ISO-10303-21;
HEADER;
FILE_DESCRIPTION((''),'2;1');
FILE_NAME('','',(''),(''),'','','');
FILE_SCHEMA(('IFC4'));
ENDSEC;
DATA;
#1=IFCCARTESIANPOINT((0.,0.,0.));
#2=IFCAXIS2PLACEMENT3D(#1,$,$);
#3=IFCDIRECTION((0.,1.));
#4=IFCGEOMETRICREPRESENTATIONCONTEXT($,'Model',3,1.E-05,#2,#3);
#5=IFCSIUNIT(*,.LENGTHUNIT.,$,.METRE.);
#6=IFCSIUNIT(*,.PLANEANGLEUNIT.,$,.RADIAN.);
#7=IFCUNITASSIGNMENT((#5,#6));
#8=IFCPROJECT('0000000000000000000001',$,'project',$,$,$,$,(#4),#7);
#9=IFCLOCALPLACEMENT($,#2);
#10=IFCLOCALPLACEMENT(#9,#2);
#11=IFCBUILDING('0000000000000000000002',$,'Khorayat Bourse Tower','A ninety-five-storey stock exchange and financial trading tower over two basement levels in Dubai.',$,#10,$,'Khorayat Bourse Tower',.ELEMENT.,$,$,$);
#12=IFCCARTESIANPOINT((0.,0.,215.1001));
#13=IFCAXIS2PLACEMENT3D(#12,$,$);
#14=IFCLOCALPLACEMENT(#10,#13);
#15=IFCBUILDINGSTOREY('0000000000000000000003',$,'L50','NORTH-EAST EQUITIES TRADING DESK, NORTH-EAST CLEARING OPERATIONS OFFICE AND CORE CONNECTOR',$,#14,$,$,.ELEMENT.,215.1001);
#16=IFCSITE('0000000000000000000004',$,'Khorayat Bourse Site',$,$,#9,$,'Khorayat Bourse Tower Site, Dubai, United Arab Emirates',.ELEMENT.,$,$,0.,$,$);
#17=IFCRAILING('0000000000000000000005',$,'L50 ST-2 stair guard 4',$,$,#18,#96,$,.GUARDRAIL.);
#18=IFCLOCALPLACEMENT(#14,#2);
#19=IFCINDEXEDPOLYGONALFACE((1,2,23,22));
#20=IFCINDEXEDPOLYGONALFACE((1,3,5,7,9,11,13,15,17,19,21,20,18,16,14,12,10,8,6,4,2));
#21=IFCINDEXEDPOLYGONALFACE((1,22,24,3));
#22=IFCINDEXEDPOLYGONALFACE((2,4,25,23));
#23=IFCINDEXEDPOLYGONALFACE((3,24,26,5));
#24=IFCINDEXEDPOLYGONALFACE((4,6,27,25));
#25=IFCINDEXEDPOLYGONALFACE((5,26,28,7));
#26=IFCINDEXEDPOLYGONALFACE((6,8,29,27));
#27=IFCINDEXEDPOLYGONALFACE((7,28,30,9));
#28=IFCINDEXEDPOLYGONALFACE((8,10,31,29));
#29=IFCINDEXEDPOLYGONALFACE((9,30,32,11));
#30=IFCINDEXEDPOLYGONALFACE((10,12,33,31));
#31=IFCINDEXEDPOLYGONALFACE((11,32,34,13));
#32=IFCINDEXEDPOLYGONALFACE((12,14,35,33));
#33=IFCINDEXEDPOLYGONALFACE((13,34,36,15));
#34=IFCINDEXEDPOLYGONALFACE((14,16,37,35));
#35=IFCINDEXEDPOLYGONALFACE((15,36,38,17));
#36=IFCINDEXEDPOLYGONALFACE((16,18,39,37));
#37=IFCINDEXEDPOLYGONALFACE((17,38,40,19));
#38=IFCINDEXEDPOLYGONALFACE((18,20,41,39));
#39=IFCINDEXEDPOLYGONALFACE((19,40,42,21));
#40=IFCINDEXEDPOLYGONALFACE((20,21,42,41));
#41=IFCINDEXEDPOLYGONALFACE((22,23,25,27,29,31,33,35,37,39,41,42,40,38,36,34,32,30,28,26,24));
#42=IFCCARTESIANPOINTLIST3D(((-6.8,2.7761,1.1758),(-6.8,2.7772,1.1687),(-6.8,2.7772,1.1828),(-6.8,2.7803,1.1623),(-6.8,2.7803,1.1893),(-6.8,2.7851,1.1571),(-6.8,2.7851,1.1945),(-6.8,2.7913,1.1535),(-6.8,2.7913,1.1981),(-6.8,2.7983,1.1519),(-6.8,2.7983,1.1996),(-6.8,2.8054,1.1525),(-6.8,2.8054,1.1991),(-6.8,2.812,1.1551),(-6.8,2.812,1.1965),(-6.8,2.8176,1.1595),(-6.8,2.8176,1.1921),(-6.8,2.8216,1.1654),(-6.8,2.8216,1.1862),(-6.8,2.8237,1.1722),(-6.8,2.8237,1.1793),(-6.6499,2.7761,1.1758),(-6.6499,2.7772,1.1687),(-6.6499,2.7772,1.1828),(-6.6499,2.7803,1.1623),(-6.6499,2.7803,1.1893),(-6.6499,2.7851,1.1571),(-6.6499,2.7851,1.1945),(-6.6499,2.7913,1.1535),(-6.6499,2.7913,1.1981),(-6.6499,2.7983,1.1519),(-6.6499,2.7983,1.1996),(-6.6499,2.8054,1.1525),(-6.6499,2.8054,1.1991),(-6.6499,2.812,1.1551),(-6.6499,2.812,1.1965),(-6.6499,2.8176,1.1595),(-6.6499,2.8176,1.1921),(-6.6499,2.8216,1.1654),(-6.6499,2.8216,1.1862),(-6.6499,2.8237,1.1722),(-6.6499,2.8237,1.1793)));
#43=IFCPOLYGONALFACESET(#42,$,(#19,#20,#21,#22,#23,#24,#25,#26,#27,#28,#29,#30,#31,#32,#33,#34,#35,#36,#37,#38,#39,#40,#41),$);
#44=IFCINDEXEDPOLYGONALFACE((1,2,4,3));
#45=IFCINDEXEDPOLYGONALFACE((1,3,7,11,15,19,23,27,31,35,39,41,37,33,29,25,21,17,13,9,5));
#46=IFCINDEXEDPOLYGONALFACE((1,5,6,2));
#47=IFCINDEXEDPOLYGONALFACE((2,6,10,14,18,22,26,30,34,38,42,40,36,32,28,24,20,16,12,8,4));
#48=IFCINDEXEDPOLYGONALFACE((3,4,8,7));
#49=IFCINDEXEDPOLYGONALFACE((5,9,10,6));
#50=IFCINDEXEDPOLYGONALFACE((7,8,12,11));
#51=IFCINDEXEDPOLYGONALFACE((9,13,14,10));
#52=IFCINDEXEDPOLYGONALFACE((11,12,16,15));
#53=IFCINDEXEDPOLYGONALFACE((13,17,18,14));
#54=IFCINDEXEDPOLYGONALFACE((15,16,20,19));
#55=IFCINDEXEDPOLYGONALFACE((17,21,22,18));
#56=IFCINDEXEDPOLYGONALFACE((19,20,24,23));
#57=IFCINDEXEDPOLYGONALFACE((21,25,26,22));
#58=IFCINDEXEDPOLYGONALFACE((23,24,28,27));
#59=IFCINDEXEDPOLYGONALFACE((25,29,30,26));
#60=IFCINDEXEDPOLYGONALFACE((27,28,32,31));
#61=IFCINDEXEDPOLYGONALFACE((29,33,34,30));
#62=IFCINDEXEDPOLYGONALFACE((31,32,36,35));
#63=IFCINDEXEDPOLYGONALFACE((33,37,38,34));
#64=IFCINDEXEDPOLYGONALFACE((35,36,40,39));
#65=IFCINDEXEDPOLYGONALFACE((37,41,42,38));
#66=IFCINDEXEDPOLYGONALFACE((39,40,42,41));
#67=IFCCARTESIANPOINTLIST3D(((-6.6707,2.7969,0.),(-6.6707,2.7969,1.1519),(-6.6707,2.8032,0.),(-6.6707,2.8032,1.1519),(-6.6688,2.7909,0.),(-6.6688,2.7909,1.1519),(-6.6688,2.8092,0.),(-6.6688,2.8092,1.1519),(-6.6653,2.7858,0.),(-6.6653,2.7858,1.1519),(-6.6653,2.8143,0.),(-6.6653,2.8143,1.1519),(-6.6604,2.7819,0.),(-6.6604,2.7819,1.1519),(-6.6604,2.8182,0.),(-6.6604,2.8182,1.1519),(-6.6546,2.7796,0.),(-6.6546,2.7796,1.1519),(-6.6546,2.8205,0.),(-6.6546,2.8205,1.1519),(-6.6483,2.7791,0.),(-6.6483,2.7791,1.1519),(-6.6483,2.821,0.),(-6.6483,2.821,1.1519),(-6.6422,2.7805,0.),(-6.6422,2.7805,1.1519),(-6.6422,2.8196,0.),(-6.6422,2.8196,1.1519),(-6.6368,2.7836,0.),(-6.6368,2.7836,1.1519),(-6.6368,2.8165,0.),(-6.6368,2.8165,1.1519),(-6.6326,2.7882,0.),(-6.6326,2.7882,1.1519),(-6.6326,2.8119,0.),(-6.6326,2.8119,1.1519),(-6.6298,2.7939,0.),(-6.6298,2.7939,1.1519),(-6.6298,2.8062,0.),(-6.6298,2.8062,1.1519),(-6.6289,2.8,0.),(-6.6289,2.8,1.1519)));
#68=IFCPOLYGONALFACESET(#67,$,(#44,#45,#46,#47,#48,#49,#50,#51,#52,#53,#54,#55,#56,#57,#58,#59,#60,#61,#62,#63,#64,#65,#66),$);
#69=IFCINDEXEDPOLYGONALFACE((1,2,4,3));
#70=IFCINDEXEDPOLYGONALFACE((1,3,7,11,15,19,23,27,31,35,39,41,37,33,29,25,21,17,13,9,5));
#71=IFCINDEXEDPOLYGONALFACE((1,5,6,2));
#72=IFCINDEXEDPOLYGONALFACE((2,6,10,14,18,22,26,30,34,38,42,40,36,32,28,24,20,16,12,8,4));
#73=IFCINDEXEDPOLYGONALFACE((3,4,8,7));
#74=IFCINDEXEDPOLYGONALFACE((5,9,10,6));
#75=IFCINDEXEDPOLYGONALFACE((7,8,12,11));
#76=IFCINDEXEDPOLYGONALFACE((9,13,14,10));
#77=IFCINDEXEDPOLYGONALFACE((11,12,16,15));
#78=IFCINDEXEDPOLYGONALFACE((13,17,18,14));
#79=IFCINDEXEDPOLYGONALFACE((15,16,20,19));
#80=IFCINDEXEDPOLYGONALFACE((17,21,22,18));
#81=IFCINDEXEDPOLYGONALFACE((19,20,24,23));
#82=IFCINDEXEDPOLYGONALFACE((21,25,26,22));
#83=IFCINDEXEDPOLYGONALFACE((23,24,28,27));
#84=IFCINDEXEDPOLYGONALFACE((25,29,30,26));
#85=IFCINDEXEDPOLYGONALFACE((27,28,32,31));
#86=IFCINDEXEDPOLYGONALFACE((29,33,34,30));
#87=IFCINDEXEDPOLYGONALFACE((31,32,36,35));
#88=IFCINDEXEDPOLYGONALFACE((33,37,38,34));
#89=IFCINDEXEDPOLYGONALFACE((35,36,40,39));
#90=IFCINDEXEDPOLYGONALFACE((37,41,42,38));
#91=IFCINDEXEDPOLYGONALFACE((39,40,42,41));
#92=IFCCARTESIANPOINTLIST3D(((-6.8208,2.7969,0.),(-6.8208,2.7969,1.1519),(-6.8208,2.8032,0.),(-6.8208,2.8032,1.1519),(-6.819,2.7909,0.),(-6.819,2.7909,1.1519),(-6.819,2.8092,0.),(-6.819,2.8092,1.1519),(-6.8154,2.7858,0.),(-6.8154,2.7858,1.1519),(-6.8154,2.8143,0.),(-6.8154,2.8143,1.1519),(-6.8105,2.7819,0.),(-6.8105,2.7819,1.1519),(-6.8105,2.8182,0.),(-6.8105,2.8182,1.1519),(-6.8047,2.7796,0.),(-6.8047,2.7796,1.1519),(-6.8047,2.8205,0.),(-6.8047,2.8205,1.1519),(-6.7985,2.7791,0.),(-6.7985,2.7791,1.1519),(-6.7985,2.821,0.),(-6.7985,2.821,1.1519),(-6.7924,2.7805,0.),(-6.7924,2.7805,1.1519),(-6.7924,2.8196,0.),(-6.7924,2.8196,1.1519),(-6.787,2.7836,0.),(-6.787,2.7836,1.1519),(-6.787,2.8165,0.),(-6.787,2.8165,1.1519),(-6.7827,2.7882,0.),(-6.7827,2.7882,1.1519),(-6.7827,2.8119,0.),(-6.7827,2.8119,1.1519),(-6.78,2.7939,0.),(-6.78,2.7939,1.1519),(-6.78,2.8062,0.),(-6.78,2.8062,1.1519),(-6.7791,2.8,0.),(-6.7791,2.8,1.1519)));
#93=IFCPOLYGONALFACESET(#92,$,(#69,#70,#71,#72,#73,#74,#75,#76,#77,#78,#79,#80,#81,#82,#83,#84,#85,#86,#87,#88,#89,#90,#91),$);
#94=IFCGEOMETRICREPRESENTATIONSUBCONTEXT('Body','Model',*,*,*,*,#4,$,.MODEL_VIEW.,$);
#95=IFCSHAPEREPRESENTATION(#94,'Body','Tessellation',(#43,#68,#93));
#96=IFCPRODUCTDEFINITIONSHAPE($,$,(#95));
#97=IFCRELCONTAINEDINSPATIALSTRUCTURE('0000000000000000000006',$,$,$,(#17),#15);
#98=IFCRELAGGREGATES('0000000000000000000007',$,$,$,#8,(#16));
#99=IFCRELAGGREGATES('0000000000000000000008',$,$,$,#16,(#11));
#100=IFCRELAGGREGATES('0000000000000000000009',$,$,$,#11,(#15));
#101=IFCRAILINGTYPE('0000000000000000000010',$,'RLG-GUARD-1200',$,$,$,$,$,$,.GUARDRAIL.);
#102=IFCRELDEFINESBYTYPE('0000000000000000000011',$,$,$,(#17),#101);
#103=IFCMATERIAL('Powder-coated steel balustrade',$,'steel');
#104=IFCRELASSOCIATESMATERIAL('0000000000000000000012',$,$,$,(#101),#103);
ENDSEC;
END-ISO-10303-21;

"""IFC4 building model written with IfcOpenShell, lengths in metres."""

from ifc_helpers import new_model, si_unit, direction, frame, origin, origin_2d, place, context, subcontext, project, spatial, circle, extrude, source, transform, mapped, material, type_object, element, save


model = new_model("IFC4")

# Units and contexts
model_context = context("Model", 3, precision=1e-05, world=origin(), true_north=direction((0.0, 1.0)))
body_context = subcontext(model_context, "Body", "Model", "MODEL_VIEW")
ifc_project = project(units=[si_unit("LENGTHUNIT", "METRE"), si_unit("PLANEANGLEUNIT", "RADIAN")], contexts=[model_context])

# Site, building, storey
site_placement = place(None, origin())
site = spatial("IfcSite", under=ifc_project, at=site_placement, Name="Khorayat Bourse Site", LongName="Khorayat Bourse Tower Site, Dubai, United Arab Emirates", CompositionType="ELEMENT", RefElevation=0.0)
building_placement = place(site_placement, origin())
building = spatial("IfcBuilding", under=site, at=building_placement, Name="Khorayat Bourse Tower", Description="A ninety-five-storey stock exchange and financial trading tower over two basement levels in Dubai.", LongName="Khorayat Bourse Tower", CompositionType="ELEMENT")
storey_placement = place(building_placement, frame((0.0, 0.0, 215.1001)))
storey = spatial("IfcBuildingStorey", under=building, at=storey_placement, Name="L50", Description="NORTH-EAST EQUITIES TRADING DESK, NORTH-EAST CLEARING OPERATIONS OFFICE AND CORE CONNECTOR", CompositionType="ELEMENT", Elevation=215.1001)

# Railing
ifc_material_1 = material(Name="Powder-coated steel balustrade", Category="steel")
railing_type_1 = type_object("IfcRailingType", Name="RLG-GUARD-1200", PredefinedType="GUARDRAIL", material=ifc_material_1)
shared_shape_1 = source(origin(), body_context, "Body", "SweptSolid", [
    extrude(circle(Radius=0.0239, at=origin_2d()), frame((0.0, 0.0, 1.1758), z_axis=(-1.0, 0.0, 0.0), x_axis=(0.0, -1.0, 0.0)), (0.0, 0.0, 1.0), 0.1501),
    extrude(circle(Radius=0.021, at=origin_2d()), origin(), (0.0, 0.0, 1.0), 1.1519),
    extrude(circle(Radius=0.021, at=origin_2d()), frame((-0.1501, 0.0, 0.0)), (0.0, 0.0, 1.0), 1.1519),
])
for number, where, name in (
    (1, (-6.6499, 2.8, 0.0), "L50 ST-2 stair guard 4"),
):
    element("IfcRailing", number, at=place(storey_placement, frame(where)), inside=storey, type_object=railing_type_1, Name=name, PredefinedType="GUARDRAIL", context=body_context, shape_type="MappedRepresentation", body=[
        mapped(shared_shape_1, transform((0.0, 0.0, 0.0), scale=1.0)),
    ])

save(model, "model.ifc")
